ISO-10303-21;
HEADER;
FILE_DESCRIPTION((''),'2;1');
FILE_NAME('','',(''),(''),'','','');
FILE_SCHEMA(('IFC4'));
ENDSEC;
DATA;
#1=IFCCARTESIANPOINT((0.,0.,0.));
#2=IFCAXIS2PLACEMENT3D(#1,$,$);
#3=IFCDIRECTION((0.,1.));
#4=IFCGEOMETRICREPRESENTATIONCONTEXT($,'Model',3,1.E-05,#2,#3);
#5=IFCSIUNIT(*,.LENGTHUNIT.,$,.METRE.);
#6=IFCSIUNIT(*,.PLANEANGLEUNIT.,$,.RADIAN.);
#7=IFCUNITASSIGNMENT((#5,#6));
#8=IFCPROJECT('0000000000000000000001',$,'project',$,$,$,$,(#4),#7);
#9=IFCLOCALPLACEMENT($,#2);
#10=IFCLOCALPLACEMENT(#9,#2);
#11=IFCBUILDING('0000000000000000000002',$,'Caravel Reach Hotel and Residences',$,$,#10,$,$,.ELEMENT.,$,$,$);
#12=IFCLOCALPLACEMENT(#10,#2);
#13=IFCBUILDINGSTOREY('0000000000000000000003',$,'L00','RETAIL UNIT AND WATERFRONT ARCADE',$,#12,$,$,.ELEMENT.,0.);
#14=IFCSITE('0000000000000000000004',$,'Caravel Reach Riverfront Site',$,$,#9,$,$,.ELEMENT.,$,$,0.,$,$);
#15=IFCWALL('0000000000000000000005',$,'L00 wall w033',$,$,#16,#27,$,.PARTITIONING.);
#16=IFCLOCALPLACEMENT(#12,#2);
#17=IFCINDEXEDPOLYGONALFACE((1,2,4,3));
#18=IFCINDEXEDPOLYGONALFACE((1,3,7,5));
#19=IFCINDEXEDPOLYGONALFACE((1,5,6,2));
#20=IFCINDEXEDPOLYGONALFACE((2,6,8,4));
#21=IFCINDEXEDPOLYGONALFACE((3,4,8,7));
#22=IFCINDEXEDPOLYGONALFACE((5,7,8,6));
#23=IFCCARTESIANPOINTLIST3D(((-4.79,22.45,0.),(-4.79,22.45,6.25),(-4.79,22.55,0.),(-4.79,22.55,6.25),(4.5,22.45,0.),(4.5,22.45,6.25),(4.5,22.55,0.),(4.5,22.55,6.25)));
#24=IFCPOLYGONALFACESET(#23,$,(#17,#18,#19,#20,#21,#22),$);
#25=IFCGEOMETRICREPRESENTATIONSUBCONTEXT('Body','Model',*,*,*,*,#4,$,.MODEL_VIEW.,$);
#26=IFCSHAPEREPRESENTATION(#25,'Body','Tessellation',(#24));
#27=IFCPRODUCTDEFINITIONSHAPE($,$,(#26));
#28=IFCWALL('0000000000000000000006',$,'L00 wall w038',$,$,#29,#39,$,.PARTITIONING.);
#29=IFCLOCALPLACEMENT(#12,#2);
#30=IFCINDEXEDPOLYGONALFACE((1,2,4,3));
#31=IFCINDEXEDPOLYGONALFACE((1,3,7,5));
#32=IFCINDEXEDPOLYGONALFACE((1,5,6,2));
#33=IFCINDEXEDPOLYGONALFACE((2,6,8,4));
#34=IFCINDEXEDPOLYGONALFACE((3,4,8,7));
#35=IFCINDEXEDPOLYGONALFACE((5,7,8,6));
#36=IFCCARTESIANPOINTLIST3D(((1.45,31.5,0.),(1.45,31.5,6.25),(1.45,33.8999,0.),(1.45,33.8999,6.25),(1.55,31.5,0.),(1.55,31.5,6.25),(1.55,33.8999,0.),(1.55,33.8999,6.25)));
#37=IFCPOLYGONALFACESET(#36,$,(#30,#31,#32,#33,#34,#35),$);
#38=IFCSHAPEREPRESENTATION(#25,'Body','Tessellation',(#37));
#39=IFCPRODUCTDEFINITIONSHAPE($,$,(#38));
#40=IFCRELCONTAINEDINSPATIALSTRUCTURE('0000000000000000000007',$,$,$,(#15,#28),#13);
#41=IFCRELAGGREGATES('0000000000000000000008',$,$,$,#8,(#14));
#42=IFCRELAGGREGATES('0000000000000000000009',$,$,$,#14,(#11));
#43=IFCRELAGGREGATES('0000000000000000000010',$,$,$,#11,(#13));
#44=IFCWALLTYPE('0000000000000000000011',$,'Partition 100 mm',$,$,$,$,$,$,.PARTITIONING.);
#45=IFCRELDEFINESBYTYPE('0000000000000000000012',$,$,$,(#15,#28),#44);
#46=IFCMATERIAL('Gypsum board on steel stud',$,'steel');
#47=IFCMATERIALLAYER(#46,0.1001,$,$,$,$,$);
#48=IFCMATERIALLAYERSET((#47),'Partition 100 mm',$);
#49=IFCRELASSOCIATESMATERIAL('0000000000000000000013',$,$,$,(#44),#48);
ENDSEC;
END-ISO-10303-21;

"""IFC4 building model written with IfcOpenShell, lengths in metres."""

from ifc_helpers import new_model, si_unit, direction, frame, frame_2d, origin, place, context, subcontext, project, spatial, rectangle, extrude, material, layer, layer_set, type_object, element, save


model = new_model("IFC4")

# Units and contexts
model_context = context("Model", 3, precision=1e-05, world=origin(), true_north=direction((0.0, 1.0)))
body_context = subcontext(model_context, "Body", "Model", "MODEL_VIEW")
ifc_project = project(units=[si_unit("LENGTHUNIT", "METRE"), si_unit("PLANEANGLEUNIT", "RADIAN")], contexts=[model_context])

# Site, building, storey
site_placement = place(None, origin())
site = spatial("IfcSite", under=ifc_project, at=site_placement, Name="Caravel Reach Riverfront Site", CompositionType="ELEMENT", RefElevation=0.0)
building_placement = place(site_placement, origin())
building = spatial("IfcBuilding", under=site, at=building_placement, Name="Caravel Reach Hotel and Residences", CompositionType="ELEMENT")
storey_placement = place(building_placement, origin())
storey = spatial("IfcBuildingStorey", under=building, at=storey_placement, Name="L00", Description="RETAIL UNIT AND WATERFRONT ARCADE", CompositionType="ELEMENT", Elevation=0.0)

# Walls
ifc_material_1 = material(Name="Gypsum board on steel stud", Category="steel")
ifc_layer_1 = layer(ifc_material_1, 0.1001)
ifc_layer_set_1 = layer_set([ifc_layer_1], Name="Partition 100 mm")
wall_type_1 = type_object("IfcWallType", Name="Partition 100 mm", PredefinedType="PARTITIONING", material=ifc_layer_set_1)
wall_1_placement = place(storey_placement, frame((-4.79, 22.5, 0.0), z_axis=(0.0, 0.0, 1.0), x_axis=(1.0, 0.0, 0.0)))
element("IfcWall", 1, at=wall_1_placement, inside=storey, type_object=wall_type_1, Name="L00 wall w033", PredefinedType="PARTITIONING", context=body_context, shape_type="SweptSolid", body=[
    extrude(rectangle(XDim=9.29, YDim=0.1001, at=frame_2d((4.645, 0.0))), origin(), (0.0, 0.0, 1.0), 6.25),
])
wall_2_placement = place(storey_placement, frame((1.5, 31.5, 0.0), z_axis=(0.0, 0.0, 1.0), x_axis=(0.0, 1.0, 0.0)))
element("IfcWall", 2, at=wall_2_placement, inside=storey, type_object=wall_type_1, Name="L00 wall w038", PredefinedType="PARTITIONING", context=body_context, shape_type="SweptSolid", body=[
    extrude(rectangle(XDim=2.3999, YDim=0.1001, at=frame_2d((1.2, 0.0))), origin(), (0.0, 0.0, 1.0), 6.25),
])

save(model, "model.ifc")
